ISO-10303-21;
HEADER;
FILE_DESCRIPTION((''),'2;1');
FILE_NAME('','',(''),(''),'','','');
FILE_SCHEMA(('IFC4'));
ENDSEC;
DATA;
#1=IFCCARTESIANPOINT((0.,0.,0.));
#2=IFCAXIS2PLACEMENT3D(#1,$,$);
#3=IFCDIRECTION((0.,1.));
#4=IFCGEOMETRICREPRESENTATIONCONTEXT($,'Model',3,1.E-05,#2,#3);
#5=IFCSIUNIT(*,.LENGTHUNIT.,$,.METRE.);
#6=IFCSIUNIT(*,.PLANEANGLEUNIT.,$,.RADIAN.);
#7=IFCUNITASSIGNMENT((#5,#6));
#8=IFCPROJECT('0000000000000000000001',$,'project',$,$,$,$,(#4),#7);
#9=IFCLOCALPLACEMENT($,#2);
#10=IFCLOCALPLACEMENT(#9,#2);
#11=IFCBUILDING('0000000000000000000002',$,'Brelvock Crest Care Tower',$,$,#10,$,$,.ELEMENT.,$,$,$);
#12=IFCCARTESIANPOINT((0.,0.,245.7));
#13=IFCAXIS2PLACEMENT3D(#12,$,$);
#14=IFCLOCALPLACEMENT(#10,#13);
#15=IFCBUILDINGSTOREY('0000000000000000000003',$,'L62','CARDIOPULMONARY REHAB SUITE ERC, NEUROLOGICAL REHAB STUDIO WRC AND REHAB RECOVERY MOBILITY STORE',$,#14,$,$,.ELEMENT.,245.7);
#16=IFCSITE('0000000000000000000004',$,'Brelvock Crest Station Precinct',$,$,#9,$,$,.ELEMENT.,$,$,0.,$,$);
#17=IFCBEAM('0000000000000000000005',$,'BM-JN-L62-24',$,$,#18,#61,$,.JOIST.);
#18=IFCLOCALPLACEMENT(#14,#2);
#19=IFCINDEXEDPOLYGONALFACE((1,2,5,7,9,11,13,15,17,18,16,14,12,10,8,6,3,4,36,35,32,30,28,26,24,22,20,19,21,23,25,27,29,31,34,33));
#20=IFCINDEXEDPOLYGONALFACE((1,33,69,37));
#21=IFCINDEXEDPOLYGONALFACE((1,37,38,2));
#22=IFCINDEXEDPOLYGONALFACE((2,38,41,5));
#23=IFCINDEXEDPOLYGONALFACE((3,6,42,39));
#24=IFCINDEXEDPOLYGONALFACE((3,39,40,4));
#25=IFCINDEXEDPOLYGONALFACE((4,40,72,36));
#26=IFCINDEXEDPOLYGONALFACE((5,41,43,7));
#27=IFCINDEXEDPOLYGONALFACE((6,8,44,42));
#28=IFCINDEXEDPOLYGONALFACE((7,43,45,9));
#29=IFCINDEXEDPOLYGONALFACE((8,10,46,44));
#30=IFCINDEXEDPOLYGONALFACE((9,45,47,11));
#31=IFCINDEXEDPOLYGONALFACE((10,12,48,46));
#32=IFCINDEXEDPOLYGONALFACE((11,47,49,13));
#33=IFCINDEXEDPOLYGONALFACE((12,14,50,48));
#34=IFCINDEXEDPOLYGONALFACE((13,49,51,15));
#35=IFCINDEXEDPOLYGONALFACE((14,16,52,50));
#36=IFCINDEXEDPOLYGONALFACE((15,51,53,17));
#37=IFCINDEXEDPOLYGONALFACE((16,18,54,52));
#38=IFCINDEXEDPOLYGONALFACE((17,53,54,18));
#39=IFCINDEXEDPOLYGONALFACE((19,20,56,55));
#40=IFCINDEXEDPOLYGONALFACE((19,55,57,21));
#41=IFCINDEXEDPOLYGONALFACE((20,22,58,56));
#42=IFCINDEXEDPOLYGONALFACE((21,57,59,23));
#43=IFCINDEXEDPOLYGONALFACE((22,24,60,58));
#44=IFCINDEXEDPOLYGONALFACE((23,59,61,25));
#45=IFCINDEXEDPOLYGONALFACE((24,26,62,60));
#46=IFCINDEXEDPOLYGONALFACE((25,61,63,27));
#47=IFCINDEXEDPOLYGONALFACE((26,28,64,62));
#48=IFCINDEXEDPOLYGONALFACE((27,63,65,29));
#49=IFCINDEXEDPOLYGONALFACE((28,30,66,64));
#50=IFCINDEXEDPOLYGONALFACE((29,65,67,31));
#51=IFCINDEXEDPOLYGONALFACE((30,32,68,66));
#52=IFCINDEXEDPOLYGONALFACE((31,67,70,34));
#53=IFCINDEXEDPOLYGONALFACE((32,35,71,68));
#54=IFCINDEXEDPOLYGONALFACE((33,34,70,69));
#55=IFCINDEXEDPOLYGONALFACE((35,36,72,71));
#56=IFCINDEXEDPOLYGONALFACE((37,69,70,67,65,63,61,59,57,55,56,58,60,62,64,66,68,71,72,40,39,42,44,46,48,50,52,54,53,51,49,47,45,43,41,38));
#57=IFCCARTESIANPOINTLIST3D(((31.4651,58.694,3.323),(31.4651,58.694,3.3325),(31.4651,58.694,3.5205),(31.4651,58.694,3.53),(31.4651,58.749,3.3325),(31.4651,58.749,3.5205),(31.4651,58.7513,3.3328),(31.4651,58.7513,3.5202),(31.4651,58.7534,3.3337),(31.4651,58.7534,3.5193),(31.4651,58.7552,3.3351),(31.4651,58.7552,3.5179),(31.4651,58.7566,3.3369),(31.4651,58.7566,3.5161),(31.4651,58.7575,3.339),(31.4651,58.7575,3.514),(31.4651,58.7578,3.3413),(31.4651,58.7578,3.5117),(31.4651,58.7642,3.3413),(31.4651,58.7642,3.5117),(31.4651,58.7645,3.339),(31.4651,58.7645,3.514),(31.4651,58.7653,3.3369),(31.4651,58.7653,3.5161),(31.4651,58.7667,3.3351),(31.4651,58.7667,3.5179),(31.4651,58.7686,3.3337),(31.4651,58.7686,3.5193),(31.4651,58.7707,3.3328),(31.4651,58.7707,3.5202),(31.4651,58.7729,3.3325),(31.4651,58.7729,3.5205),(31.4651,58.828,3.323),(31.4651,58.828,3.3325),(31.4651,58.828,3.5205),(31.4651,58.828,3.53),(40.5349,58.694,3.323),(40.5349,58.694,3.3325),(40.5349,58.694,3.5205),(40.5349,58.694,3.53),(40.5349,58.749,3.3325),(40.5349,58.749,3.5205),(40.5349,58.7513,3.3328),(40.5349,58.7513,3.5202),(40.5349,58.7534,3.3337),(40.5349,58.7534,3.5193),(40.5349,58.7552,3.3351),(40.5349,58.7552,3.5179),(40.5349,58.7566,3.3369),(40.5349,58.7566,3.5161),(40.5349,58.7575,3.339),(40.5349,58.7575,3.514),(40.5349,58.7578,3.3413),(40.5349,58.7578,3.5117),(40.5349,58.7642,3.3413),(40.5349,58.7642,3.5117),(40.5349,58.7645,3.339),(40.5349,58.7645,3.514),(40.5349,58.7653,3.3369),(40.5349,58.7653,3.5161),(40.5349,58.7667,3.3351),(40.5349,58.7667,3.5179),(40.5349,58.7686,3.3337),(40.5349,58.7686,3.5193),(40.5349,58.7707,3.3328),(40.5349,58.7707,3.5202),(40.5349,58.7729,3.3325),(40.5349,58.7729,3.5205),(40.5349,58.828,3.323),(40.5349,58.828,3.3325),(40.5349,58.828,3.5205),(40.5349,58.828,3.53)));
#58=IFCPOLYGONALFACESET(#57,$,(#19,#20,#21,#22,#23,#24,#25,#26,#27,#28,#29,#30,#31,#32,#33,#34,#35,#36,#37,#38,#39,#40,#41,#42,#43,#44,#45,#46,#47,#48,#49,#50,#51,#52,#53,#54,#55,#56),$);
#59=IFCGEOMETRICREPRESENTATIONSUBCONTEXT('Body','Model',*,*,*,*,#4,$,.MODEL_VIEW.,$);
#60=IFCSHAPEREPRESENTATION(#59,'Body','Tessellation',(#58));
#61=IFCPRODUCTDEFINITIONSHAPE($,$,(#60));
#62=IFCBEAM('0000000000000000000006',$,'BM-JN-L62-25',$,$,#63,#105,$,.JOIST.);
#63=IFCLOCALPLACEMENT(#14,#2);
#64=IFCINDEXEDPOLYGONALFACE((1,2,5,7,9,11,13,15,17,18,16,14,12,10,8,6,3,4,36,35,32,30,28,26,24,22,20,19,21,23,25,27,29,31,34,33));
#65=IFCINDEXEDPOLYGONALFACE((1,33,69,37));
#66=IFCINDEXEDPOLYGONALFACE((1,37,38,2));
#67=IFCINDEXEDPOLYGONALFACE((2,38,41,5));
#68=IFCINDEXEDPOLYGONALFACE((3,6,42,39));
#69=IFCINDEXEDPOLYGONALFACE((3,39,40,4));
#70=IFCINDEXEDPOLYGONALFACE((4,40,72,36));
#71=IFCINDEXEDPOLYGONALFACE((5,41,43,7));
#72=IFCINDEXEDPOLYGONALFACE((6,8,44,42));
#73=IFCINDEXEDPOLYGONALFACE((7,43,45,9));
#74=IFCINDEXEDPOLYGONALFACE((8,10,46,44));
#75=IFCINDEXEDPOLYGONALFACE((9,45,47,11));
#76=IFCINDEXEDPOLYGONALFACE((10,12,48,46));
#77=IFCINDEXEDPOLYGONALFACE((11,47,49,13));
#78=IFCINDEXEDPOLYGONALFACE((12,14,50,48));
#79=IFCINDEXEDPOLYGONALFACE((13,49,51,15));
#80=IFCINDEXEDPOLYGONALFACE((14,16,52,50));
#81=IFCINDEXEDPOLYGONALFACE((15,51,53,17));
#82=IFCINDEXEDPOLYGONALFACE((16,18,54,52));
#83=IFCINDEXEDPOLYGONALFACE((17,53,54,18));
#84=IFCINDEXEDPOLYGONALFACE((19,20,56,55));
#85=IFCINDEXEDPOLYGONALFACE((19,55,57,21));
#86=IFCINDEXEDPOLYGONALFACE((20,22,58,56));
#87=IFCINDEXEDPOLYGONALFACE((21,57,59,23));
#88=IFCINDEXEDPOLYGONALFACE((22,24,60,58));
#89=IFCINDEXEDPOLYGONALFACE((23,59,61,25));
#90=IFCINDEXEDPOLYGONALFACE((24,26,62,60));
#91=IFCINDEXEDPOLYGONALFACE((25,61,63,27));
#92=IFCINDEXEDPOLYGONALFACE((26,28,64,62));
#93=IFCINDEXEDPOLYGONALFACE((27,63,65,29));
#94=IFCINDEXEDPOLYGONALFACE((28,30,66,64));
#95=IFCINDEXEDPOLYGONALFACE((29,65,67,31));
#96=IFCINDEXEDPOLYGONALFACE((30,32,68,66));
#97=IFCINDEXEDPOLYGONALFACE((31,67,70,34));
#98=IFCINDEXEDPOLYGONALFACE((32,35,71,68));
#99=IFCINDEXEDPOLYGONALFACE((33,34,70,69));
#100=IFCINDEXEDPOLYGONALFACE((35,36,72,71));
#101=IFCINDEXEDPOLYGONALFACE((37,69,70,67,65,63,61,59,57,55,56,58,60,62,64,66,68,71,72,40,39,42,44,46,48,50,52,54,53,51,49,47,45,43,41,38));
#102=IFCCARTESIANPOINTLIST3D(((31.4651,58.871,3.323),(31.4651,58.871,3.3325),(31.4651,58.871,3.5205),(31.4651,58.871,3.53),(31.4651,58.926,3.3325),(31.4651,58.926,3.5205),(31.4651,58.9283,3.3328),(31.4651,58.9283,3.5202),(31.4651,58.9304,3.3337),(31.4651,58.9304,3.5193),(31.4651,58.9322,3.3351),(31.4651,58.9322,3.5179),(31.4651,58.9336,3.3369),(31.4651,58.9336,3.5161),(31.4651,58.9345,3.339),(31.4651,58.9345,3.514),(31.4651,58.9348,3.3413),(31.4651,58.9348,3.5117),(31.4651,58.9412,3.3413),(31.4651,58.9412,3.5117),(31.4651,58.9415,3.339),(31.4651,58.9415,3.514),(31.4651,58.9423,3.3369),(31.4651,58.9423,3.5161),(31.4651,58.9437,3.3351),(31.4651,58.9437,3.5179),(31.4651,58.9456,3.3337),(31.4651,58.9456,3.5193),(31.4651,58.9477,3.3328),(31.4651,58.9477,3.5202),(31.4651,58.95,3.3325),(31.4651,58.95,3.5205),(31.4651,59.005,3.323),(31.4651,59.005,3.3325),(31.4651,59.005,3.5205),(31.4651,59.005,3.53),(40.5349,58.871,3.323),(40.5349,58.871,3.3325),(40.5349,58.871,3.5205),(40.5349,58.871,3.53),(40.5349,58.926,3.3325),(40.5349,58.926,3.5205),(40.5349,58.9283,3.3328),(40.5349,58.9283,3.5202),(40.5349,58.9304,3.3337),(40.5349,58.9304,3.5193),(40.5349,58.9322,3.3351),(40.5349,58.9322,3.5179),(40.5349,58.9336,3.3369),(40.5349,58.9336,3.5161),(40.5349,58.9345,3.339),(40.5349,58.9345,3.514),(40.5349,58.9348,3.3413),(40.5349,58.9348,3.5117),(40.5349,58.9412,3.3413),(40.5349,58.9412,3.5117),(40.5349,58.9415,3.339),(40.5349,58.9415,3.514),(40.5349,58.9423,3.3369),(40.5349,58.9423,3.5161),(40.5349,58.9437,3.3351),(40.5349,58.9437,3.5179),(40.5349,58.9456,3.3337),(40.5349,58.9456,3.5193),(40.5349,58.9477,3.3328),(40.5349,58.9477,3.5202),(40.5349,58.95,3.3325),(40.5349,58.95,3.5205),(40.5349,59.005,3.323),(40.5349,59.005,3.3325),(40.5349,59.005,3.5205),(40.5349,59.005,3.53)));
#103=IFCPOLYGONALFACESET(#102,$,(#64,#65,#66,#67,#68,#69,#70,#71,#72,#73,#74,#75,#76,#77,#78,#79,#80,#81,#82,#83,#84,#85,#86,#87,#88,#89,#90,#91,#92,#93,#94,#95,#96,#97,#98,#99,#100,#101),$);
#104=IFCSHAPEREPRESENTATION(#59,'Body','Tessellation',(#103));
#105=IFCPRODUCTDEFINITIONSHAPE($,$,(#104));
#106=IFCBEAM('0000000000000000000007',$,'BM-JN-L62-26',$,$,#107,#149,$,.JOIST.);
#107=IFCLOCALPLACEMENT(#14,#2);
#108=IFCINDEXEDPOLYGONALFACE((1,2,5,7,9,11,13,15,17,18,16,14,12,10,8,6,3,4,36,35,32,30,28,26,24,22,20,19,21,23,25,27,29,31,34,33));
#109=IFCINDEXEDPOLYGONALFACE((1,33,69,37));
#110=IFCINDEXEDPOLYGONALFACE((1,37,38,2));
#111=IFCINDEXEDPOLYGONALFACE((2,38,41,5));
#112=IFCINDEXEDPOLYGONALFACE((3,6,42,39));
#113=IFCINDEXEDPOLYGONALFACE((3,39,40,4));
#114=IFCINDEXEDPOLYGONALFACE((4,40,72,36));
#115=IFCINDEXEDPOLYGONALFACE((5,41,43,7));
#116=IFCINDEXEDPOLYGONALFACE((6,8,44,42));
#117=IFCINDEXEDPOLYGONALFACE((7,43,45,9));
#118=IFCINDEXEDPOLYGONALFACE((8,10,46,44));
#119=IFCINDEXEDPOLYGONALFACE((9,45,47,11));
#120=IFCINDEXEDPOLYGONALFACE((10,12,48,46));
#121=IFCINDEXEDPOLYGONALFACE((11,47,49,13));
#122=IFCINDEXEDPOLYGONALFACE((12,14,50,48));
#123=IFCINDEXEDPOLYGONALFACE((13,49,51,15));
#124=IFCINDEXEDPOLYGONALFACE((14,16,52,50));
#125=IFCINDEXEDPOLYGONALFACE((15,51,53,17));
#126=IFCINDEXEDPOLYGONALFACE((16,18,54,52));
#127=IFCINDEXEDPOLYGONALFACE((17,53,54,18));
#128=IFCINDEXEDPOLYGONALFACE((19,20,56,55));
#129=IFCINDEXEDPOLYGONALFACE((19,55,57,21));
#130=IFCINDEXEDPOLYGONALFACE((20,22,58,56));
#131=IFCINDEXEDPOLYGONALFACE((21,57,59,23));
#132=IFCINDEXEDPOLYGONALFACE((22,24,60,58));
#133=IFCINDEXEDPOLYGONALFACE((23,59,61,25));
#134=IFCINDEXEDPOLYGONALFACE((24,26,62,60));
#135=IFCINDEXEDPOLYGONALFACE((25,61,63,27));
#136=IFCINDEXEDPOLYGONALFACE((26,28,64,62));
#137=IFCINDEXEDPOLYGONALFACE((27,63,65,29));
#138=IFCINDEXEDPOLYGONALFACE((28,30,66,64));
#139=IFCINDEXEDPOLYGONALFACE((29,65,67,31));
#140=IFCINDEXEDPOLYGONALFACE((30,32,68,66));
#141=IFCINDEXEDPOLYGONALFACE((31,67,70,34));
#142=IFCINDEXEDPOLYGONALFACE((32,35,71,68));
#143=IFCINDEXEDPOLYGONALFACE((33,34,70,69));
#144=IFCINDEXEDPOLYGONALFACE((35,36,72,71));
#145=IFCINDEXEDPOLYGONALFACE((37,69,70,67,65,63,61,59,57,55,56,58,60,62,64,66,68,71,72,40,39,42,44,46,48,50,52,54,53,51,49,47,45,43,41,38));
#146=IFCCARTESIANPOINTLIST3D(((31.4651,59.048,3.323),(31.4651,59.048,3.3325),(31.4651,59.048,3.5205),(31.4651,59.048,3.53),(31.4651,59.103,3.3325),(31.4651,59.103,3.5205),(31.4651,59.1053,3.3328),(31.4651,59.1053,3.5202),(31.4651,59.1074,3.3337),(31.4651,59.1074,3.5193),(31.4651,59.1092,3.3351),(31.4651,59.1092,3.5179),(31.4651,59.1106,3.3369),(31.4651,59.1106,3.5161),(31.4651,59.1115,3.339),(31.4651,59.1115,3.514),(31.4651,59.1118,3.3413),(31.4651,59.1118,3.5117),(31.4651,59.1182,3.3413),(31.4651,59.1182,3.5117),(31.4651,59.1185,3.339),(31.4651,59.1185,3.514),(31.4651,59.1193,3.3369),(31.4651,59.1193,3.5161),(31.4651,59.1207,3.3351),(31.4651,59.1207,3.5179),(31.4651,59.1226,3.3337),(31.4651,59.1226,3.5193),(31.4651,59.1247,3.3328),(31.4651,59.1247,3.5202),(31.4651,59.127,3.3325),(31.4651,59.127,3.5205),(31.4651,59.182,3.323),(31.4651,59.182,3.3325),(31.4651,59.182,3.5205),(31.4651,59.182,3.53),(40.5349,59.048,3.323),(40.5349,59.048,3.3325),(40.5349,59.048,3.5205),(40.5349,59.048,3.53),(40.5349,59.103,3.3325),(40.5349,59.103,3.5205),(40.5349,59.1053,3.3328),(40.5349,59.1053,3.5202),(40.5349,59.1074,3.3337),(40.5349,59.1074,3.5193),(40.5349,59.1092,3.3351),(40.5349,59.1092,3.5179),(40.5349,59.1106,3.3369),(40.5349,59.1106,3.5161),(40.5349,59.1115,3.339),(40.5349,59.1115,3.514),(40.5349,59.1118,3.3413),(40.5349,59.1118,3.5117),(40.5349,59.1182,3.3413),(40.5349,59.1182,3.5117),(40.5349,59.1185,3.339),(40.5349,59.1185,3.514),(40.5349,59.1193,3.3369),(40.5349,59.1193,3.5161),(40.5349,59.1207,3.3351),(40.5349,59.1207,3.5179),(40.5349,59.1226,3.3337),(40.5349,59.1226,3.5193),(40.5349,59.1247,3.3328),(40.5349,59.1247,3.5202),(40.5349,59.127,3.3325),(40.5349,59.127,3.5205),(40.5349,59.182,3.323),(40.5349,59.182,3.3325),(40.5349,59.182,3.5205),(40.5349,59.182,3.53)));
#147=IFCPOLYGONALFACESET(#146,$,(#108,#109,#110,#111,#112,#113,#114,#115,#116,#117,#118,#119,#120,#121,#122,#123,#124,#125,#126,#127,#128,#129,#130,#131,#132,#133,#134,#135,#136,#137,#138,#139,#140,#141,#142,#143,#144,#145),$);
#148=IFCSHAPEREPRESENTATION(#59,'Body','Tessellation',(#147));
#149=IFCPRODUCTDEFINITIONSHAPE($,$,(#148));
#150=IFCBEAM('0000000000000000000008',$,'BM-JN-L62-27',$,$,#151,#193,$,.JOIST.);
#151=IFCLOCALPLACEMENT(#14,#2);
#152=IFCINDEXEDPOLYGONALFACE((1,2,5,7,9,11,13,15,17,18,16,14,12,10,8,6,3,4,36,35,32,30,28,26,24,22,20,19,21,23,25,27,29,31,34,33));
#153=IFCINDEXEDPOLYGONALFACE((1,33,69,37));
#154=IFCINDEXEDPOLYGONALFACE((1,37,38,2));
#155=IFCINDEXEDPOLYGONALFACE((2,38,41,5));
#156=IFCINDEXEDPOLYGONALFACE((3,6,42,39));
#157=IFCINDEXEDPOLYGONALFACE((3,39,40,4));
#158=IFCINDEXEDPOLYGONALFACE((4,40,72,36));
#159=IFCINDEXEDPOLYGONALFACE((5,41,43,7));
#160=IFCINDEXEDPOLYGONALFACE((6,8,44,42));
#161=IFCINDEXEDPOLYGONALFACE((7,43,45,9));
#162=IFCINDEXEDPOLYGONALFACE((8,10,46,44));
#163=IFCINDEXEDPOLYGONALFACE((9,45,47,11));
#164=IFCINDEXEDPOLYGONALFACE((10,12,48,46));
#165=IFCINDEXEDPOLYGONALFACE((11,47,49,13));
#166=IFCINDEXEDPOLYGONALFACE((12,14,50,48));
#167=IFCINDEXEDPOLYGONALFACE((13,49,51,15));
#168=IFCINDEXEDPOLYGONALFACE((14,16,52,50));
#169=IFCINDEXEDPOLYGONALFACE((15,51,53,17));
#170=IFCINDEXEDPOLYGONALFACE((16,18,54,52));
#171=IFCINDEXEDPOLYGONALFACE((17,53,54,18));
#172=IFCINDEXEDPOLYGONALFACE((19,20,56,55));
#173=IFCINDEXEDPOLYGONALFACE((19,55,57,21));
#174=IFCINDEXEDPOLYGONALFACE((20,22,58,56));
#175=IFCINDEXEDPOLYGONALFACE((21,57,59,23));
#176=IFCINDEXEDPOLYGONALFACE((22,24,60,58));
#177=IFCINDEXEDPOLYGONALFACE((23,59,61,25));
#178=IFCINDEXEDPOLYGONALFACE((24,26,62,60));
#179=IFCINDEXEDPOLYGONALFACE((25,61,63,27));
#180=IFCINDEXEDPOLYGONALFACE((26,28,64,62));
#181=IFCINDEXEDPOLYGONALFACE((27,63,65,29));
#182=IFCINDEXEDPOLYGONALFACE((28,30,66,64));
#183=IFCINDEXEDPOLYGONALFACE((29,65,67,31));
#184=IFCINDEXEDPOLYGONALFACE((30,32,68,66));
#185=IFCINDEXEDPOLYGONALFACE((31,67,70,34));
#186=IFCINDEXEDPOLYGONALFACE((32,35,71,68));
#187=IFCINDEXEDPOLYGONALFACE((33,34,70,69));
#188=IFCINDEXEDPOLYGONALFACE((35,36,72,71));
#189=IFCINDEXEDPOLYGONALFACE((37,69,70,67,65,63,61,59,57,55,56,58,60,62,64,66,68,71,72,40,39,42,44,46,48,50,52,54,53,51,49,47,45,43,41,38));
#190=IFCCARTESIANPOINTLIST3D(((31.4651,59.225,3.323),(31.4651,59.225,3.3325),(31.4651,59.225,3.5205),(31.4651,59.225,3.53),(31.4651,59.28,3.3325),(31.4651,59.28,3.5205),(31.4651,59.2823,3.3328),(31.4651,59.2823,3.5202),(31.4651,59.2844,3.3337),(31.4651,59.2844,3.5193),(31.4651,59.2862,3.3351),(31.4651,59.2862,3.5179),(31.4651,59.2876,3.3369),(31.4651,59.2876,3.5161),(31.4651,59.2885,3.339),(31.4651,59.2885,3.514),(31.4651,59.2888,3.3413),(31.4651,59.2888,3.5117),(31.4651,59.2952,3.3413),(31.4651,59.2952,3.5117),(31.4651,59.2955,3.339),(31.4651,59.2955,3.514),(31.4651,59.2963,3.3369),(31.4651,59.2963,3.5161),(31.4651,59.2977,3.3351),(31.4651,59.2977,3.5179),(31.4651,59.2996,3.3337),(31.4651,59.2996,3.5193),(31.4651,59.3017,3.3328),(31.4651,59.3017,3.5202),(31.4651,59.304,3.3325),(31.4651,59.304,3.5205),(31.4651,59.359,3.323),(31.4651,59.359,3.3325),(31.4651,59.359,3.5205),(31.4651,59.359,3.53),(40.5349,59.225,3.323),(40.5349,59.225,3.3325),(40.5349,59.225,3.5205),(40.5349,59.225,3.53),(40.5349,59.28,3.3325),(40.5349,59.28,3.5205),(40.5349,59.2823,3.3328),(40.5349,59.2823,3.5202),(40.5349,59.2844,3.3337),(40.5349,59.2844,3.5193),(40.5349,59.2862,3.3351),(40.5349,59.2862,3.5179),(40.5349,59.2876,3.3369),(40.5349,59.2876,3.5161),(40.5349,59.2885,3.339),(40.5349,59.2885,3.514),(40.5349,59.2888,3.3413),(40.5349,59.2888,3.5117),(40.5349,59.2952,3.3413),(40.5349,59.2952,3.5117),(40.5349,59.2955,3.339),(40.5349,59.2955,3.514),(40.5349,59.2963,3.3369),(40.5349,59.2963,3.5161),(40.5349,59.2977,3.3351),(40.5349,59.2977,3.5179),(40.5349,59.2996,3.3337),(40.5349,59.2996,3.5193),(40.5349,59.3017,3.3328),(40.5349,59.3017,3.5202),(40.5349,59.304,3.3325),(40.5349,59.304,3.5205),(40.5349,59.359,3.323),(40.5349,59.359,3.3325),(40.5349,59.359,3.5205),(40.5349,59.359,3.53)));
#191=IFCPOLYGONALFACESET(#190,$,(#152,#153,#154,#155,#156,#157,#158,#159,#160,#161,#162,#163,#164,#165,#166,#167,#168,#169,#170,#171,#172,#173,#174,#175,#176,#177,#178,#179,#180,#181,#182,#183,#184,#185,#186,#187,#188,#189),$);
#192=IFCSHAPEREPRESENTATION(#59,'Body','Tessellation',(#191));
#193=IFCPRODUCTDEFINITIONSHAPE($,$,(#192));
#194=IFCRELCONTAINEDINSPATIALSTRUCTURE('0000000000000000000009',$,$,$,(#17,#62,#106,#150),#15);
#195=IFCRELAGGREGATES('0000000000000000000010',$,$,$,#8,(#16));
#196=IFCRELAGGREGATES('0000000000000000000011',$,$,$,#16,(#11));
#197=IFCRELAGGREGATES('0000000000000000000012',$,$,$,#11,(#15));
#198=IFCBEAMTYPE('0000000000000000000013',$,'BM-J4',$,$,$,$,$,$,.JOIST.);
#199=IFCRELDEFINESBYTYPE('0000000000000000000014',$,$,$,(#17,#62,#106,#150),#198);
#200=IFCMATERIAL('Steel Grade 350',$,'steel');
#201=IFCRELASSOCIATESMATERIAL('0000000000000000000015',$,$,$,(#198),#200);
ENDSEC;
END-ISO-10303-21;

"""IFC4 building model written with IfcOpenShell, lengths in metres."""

from ifc_helpers import new_model, si_unit, direction, frame, origin, origin_2d, place, context, subcontext, project, spatial, i_section, extrude, source, transform, mapped, material, material_profile, profile_set, type_object, element, save


model = new_model("IFC4")

# Units and contexts
model_context = context("Model", 3, precision=1e-05, world=origin(), true_north=direction((0.0, 1.0)))
body_context = subcontext(model_context, "Body", "Model", "MODEL_VIEW")
ifc_project = project(units=[si_unit("LENGTHUNIT", "METRE"), si_unit("PLANEANGLEUNIT", "RADIAN")], contexts=[model_context])

# Site, building, storey
site_placement = place(None, origin())
site = spatial("IfcSite", under=ifc_project, at=site_placement, Name="Brelvock Crest Station Precinct", CompositionType="ELEMENT", RefElevation=0.0)
building_placement = place(site_placement, origin())
building = spatial("IfcBuilding", under=site, at=building_placement, Name="Brelvock Crest Care Tower", CompositionType="ELEMENT")
storey_placement = place(building_placement, frame((0.0, 0.0, 245.7)))
storey = spatial("IfcBuildingStorey", under=building, at=storey_placement, Name="L62", Description="CARDIOPULMONARY REHAB SUITE ERC, NEUROLOGICAL REHAB STUDIO WRC AND REHAB RECOVERY MOBILITY STORE", CompositionType="ELEMENT", Elevation=245.7)

# Shared definitions
ifc_material_1 = material(Name="Steel Grade 350", Category="steel")

# Beams
ifc_material_profile_1 = material_profile(ifc_material_1, i_section(OverallWidth=0.134, OverallDepth=0.207, WebThickness=0.0063, FlangeThickness=0.0095, FilletRadius=0.0088, at=origin_2d()), Name="200UB29.8")
ifc_profile_set_1 = profile_set([ifc_material_profile_1], Name="Steel Grade 350")
beam_type_1 = type_object("IfcBeamType", Name="BM-J4", PredefinedType="JOIST", material=ifc_profile_set_1)
shared_shape_1 = source(origin(), body_context, "Body", "SweptSolid", [
    extrude(i_section(OverallWidth=0.134, OverallDepth=0.207, WebThickness=0.0063, FlangeThickness=0.0095, FilletRadius=0.0088, at=origin_2d()), origin(), (0.0, 0.0, 1.0), 9.0698),
])
for number, where, z_axis, x_axis, name in (
    (1, (31.4651, 58.761, 3.4265), (1.0, 0.0, 0.0), (0.0, 1.0, 0.0), "BM-JN-L62-24"),
    (2, (31.4651, 58.938, 3.4265), (1.0, 0.0, 0.0), (0.0, 1.0, 0.0), "BM-JN-L62-25"),
    (3, (31.4651, 59.115, 3.4265), (1.0, 0.0, 0.0), (0.0, 1.0, 0.0), "BM-JN-L62-26"),
    (4, (31.4651, 59.292, 3.4265), (1.0, 0.0, 0.0), (0.0, 1.0, 0.0), "BM-JN-L62-27"),
):
    element("IfcBeam", number, at=place(storey_placement, frame(where, z_axis=z_axis, x_axis=x_axis)), inside=storey, type_object=beam_type_1, Name=name, PredefinedType="JOIST", context=body_context, shape_type="MappedRepresentation", body=[
        mapped(shared_shape_1, transform((0.0, 0.0, 0.0), x_axis=(1.0, 0.0, 0.0), y_axis=(0.0, 1.0, 0.0), z_axis=(0.0, 0.0, 1.0), scale=1.0)),
    ])

save(model, "model.ifc")
